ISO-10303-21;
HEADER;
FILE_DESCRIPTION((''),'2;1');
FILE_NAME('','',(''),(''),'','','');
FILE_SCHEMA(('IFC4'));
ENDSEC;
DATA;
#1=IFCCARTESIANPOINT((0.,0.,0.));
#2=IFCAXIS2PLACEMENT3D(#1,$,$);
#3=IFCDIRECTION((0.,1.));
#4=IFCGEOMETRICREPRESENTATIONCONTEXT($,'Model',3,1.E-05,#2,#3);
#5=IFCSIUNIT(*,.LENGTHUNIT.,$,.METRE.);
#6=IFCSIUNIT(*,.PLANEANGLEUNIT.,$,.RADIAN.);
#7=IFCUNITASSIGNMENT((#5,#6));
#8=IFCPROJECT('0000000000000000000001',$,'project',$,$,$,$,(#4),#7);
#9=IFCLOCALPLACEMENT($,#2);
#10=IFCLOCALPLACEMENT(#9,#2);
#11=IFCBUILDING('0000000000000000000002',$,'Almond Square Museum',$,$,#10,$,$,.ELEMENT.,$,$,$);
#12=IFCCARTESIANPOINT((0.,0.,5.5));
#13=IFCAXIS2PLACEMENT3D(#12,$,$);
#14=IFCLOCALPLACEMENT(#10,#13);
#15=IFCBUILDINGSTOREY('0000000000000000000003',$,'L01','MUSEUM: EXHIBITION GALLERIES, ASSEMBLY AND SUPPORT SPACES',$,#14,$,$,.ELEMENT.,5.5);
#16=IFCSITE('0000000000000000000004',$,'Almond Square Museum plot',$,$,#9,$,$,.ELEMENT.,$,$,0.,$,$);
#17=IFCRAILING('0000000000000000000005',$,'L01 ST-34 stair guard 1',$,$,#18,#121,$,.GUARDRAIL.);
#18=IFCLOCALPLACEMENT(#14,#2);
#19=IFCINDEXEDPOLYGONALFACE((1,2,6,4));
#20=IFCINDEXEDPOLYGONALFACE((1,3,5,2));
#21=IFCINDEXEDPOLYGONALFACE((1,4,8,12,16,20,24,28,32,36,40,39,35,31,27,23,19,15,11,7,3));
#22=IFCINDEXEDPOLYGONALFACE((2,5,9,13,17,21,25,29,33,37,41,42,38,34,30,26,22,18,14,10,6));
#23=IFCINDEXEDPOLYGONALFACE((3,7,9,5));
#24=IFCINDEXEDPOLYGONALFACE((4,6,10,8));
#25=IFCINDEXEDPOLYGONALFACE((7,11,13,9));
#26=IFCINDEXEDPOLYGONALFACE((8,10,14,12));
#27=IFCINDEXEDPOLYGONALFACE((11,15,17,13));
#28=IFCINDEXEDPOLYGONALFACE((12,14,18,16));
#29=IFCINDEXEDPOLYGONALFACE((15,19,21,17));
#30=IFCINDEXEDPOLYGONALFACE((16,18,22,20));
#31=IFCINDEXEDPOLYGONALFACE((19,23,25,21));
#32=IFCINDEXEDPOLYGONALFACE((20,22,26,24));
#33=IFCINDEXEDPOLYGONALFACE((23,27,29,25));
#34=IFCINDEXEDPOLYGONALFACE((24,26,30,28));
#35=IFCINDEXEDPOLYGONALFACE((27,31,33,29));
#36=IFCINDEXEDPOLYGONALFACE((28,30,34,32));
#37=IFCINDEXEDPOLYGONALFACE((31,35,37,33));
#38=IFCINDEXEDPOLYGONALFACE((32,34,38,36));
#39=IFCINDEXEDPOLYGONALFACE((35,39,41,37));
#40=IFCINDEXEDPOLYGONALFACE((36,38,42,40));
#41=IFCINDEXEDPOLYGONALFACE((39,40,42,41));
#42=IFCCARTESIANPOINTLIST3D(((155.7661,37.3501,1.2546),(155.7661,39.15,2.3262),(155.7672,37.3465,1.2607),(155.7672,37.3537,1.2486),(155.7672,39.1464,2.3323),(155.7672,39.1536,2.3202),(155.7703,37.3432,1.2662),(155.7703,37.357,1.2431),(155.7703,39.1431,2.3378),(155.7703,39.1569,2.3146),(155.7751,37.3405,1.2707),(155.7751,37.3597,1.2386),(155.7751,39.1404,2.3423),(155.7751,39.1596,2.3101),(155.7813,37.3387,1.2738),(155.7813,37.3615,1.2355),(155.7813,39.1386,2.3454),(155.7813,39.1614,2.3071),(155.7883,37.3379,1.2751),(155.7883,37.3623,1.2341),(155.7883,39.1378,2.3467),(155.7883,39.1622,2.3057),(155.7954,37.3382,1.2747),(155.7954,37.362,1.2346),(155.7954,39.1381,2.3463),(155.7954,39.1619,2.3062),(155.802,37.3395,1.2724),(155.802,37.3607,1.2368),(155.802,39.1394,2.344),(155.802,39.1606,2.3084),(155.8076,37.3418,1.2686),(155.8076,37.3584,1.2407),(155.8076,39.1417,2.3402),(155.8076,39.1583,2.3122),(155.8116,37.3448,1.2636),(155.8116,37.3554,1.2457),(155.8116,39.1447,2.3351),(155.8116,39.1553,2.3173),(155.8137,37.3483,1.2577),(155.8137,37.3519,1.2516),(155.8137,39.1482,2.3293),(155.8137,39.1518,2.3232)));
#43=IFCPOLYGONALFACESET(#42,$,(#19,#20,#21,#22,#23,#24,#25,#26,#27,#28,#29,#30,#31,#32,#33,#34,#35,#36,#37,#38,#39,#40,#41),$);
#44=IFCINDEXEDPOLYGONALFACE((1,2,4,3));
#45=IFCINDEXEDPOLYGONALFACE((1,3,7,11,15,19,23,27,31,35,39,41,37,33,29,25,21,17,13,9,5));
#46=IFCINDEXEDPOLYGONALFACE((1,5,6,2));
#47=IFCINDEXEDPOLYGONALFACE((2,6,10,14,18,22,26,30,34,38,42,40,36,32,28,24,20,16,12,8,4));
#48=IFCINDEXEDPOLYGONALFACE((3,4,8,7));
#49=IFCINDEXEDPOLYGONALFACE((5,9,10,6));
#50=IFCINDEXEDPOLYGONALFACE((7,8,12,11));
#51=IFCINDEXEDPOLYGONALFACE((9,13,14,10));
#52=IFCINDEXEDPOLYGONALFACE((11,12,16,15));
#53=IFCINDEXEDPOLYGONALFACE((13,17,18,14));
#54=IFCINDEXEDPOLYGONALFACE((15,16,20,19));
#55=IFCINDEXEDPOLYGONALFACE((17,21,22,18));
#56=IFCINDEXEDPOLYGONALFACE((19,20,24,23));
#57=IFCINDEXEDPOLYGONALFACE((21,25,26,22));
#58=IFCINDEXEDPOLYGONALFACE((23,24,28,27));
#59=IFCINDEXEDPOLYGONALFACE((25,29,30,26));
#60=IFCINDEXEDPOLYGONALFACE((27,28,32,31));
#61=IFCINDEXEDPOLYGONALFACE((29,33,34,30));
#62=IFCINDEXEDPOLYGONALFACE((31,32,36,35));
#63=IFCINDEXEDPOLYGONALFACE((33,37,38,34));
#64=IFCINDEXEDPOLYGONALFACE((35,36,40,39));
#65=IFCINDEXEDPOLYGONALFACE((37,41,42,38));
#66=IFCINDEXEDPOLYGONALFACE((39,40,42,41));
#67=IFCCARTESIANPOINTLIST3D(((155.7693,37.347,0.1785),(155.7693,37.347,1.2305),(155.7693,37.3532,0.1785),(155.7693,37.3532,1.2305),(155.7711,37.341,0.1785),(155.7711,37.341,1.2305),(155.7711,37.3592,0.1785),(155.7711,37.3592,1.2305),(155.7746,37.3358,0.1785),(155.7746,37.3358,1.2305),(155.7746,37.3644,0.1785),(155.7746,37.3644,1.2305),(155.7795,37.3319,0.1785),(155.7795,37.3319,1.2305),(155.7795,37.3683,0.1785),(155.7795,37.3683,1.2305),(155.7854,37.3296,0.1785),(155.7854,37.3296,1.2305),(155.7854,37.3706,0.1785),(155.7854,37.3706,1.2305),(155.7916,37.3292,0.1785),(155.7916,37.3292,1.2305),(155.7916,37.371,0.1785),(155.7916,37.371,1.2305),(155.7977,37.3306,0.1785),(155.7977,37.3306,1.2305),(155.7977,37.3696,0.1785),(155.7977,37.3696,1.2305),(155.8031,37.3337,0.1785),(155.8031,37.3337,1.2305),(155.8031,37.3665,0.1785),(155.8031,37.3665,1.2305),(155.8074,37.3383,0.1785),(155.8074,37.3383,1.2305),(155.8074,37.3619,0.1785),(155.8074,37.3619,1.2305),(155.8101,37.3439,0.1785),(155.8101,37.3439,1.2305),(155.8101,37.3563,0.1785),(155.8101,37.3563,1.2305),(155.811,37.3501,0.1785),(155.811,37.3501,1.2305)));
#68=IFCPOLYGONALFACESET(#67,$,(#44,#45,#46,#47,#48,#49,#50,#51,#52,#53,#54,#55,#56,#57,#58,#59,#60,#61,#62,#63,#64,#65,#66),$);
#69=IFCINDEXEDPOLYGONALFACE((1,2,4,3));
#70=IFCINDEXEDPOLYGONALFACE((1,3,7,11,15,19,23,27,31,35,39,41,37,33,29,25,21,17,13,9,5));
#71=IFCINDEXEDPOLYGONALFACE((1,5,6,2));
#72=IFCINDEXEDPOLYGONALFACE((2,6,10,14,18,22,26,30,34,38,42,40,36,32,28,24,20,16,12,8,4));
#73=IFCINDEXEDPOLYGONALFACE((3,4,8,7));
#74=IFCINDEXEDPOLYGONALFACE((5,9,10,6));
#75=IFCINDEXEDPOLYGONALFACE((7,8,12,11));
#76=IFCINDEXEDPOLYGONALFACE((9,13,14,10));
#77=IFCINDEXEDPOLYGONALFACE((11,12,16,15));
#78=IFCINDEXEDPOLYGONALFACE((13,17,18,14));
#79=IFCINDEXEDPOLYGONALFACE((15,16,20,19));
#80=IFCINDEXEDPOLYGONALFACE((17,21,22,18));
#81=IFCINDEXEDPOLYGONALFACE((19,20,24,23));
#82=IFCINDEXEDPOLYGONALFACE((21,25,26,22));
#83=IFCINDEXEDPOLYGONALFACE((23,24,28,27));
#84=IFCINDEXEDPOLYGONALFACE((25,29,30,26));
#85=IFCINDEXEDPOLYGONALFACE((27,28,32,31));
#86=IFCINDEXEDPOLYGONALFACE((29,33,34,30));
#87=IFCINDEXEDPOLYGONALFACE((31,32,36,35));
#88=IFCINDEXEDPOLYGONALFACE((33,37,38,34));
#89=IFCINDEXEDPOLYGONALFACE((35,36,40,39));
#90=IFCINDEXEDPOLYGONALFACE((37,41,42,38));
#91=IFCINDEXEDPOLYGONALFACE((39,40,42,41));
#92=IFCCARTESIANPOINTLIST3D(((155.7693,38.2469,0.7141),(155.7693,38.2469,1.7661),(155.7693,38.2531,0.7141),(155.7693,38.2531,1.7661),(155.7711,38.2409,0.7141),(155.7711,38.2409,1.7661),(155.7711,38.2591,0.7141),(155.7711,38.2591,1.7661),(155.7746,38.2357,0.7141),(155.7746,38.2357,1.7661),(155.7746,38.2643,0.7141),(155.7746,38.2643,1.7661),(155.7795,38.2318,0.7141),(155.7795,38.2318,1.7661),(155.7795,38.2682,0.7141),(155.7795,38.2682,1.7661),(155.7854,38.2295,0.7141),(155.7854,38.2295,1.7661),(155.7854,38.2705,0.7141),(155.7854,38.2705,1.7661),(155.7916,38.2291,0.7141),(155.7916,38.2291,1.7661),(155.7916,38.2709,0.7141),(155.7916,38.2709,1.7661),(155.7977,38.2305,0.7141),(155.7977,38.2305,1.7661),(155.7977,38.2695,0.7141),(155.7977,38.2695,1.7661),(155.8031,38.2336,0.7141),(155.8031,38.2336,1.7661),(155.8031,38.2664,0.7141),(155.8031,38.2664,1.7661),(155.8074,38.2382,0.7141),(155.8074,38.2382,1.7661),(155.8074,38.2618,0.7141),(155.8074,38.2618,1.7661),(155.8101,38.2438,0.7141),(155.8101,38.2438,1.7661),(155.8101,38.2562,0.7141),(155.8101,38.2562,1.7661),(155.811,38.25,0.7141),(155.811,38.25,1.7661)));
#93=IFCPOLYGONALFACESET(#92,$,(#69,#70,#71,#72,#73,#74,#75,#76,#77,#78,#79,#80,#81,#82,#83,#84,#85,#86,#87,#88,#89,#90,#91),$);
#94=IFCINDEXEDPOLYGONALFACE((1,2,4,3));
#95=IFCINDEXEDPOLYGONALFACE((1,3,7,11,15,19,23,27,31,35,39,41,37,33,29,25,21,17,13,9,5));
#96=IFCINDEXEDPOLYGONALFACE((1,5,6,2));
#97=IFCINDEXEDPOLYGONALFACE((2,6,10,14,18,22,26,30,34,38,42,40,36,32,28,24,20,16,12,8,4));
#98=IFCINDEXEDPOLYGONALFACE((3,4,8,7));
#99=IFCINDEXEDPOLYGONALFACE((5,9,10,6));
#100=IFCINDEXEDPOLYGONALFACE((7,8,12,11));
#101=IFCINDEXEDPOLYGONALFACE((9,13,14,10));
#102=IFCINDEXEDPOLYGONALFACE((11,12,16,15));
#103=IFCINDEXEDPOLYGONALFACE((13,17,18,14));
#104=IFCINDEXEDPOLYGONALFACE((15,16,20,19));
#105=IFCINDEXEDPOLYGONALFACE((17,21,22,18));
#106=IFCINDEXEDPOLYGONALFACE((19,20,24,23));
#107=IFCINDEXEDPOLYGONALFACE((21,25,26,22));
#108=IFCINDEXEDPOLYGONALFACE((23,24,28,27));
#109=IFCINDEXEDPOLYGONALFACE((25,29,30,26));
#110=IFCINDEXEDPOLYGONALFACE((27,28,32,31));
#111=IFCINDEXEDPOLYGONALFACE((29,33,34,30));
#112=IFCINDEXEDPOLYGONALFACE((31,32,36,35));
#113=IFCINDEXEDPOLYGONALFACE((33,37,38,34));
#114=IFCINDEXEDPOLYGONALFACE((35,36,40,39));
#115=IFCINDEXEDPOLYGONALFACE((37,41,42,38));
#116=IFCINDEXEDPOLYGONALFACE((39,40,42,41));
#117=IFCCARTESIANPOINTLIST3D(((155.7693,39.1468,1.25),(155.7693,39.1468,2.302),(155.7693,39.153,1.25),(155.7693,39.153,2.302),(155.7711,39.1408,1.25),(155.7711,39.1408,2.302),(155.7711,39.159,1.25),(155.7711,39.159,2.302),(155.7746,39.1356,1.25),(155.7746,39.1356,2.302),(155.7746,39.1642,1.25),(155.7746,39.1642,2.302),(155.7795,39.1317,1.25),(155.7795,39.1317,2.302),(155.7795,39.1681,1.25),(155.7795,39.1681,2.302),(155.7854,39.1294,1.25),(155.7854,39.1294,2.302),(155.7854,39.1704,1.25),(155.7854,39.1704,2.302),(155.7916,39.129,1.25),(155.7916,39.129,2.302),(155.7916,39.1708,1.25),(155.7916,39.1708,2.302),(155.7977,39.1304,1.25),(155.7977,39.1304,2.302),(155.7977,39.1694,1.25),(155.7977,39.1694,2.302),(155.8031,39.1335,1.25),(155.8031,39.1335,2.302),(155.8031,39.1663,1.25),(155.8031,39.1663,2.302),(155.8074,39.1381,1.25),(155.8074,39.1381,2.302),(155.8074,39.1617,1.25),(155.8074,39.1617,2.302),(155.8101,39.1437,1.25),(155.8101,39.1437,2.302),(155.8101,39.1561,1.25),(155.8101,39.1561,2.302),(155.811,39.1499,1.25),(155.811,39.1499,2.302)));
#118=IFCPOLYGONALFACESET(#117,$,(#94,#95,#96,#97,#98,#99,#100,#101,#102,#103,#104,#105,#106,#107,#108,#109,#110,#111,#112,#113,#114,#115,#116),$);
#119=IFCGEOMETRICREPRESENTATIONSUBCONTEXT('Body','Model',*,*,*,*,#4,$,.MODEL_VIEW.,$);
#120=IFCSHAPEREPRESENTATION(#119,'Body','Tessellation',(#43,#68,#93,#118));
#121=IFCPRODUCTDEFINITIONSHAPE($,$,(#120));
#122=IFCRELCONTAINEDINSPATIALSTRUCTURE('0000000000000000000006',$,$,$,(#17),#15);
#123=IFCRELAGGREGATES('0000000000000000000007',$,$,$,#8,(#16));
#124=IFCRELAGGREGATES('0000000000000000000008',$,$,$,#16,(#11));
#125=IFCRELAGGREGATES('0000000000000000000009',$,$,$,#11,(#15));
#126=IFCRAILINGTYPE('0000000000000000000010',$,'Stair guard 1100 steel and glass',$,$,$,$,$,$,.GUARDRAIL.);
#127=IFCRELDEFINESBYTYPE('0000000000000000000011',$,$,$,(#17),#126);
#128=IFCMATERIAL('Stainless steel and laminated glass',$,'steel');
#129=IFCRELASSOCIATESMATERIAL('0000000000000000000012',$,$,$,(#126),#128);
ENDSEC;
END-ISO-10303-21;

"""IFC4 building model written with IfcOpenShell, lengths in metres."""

from ifc_helpers import new_model, si_unit, direction, frame, origin, origin_2d, place, context, subcontext, project, spatial, circle, extrude, material, type_object, element, save


model = new_model("IFC4")

# Units and contexts
model_context = context("Model", 3, precision=1e-05, world=origin(), true_north=direction((0.0, 1.0)))
body_context = subcontext(model_context, "Body", "Model", "MODEL_VIEW")
ifc_project = project(units=[si_unit("LENGTHUNIT", "METRE"), si_unit("PLANEANGLEUNIT", "RADIAN")], contexts=[model_context])

# Site, building, storey
site_placement = place(None, origin())
site = spatial("IfcSite", under=ifc_project, at=site_placement, Name="Almond Square Museum plot", CompositionType="ELEMENT", RefElevation=0.0)
building_placement = place(site_placement, origin())
building = spatial("IfcBuilding", under=site, at=building_placement, Name="Almond Square Museum", CompositionType="ELEMENT")
storey_placement = place(building_placement, frame((0.0, 0.0, 5.5)))
storey = spatial("IfcBuildingStorey", under=building, at=storey_placement, Name="L01", Description="MUSEUM: EXHIBITION GALLERIES, ASSEMBLY AND SUPPORT SPACES", CompositionType="ELEMENT", Elevation=5.5)

# Railing
ifc_material_1 = material(Name="Stainless steel and laminated glass", Category="steel")
railing_type_1 = type_object("IfcRailingType", Name="Stair guard 1100 steel and glass", PredefinedType="GUARDRAIL", material=ifc_material_1)
railing_1_placement = place(storey_placement, frame((155.79, 37.3501, 0.1785)))
element("IfcRailing", 1, at=railing_1_placement, inside=storey, type_object=railing_type_1, Name="L01 ST-34 stair guard 1", PredefinedType="GUARDRAIL", context=body_context, shape_type="SweptSolid", body=[
    extrude(circle(Radius=0.0239, at=origin_2d()), frame((0.0, 0.0, 1.0762), z_axis=(0.0, 0.859247, 0.511562), x_axis=(-1.0, 0.0, 0.0)), (0.0, 0.0, 1.0), 2.0947),
    extrude(circle(Radius=0.021, at=origin_2d()), origin(), (0.0, 0.0, 1.0), 1.052),
    extrude(circle(Radius=0.021, at=origin_2d()), frame((0.0, 0.8999, 0.5356)), (0.0, 0.0, 1.0), 1.052),
    extrude(circle(Radius=0.021, at=origin_2d()), frame((0.0, 1.7998, 1.0715)), (0.0, 0.0, 1.0), 1.052),
])

save(model, "model.ifc")
